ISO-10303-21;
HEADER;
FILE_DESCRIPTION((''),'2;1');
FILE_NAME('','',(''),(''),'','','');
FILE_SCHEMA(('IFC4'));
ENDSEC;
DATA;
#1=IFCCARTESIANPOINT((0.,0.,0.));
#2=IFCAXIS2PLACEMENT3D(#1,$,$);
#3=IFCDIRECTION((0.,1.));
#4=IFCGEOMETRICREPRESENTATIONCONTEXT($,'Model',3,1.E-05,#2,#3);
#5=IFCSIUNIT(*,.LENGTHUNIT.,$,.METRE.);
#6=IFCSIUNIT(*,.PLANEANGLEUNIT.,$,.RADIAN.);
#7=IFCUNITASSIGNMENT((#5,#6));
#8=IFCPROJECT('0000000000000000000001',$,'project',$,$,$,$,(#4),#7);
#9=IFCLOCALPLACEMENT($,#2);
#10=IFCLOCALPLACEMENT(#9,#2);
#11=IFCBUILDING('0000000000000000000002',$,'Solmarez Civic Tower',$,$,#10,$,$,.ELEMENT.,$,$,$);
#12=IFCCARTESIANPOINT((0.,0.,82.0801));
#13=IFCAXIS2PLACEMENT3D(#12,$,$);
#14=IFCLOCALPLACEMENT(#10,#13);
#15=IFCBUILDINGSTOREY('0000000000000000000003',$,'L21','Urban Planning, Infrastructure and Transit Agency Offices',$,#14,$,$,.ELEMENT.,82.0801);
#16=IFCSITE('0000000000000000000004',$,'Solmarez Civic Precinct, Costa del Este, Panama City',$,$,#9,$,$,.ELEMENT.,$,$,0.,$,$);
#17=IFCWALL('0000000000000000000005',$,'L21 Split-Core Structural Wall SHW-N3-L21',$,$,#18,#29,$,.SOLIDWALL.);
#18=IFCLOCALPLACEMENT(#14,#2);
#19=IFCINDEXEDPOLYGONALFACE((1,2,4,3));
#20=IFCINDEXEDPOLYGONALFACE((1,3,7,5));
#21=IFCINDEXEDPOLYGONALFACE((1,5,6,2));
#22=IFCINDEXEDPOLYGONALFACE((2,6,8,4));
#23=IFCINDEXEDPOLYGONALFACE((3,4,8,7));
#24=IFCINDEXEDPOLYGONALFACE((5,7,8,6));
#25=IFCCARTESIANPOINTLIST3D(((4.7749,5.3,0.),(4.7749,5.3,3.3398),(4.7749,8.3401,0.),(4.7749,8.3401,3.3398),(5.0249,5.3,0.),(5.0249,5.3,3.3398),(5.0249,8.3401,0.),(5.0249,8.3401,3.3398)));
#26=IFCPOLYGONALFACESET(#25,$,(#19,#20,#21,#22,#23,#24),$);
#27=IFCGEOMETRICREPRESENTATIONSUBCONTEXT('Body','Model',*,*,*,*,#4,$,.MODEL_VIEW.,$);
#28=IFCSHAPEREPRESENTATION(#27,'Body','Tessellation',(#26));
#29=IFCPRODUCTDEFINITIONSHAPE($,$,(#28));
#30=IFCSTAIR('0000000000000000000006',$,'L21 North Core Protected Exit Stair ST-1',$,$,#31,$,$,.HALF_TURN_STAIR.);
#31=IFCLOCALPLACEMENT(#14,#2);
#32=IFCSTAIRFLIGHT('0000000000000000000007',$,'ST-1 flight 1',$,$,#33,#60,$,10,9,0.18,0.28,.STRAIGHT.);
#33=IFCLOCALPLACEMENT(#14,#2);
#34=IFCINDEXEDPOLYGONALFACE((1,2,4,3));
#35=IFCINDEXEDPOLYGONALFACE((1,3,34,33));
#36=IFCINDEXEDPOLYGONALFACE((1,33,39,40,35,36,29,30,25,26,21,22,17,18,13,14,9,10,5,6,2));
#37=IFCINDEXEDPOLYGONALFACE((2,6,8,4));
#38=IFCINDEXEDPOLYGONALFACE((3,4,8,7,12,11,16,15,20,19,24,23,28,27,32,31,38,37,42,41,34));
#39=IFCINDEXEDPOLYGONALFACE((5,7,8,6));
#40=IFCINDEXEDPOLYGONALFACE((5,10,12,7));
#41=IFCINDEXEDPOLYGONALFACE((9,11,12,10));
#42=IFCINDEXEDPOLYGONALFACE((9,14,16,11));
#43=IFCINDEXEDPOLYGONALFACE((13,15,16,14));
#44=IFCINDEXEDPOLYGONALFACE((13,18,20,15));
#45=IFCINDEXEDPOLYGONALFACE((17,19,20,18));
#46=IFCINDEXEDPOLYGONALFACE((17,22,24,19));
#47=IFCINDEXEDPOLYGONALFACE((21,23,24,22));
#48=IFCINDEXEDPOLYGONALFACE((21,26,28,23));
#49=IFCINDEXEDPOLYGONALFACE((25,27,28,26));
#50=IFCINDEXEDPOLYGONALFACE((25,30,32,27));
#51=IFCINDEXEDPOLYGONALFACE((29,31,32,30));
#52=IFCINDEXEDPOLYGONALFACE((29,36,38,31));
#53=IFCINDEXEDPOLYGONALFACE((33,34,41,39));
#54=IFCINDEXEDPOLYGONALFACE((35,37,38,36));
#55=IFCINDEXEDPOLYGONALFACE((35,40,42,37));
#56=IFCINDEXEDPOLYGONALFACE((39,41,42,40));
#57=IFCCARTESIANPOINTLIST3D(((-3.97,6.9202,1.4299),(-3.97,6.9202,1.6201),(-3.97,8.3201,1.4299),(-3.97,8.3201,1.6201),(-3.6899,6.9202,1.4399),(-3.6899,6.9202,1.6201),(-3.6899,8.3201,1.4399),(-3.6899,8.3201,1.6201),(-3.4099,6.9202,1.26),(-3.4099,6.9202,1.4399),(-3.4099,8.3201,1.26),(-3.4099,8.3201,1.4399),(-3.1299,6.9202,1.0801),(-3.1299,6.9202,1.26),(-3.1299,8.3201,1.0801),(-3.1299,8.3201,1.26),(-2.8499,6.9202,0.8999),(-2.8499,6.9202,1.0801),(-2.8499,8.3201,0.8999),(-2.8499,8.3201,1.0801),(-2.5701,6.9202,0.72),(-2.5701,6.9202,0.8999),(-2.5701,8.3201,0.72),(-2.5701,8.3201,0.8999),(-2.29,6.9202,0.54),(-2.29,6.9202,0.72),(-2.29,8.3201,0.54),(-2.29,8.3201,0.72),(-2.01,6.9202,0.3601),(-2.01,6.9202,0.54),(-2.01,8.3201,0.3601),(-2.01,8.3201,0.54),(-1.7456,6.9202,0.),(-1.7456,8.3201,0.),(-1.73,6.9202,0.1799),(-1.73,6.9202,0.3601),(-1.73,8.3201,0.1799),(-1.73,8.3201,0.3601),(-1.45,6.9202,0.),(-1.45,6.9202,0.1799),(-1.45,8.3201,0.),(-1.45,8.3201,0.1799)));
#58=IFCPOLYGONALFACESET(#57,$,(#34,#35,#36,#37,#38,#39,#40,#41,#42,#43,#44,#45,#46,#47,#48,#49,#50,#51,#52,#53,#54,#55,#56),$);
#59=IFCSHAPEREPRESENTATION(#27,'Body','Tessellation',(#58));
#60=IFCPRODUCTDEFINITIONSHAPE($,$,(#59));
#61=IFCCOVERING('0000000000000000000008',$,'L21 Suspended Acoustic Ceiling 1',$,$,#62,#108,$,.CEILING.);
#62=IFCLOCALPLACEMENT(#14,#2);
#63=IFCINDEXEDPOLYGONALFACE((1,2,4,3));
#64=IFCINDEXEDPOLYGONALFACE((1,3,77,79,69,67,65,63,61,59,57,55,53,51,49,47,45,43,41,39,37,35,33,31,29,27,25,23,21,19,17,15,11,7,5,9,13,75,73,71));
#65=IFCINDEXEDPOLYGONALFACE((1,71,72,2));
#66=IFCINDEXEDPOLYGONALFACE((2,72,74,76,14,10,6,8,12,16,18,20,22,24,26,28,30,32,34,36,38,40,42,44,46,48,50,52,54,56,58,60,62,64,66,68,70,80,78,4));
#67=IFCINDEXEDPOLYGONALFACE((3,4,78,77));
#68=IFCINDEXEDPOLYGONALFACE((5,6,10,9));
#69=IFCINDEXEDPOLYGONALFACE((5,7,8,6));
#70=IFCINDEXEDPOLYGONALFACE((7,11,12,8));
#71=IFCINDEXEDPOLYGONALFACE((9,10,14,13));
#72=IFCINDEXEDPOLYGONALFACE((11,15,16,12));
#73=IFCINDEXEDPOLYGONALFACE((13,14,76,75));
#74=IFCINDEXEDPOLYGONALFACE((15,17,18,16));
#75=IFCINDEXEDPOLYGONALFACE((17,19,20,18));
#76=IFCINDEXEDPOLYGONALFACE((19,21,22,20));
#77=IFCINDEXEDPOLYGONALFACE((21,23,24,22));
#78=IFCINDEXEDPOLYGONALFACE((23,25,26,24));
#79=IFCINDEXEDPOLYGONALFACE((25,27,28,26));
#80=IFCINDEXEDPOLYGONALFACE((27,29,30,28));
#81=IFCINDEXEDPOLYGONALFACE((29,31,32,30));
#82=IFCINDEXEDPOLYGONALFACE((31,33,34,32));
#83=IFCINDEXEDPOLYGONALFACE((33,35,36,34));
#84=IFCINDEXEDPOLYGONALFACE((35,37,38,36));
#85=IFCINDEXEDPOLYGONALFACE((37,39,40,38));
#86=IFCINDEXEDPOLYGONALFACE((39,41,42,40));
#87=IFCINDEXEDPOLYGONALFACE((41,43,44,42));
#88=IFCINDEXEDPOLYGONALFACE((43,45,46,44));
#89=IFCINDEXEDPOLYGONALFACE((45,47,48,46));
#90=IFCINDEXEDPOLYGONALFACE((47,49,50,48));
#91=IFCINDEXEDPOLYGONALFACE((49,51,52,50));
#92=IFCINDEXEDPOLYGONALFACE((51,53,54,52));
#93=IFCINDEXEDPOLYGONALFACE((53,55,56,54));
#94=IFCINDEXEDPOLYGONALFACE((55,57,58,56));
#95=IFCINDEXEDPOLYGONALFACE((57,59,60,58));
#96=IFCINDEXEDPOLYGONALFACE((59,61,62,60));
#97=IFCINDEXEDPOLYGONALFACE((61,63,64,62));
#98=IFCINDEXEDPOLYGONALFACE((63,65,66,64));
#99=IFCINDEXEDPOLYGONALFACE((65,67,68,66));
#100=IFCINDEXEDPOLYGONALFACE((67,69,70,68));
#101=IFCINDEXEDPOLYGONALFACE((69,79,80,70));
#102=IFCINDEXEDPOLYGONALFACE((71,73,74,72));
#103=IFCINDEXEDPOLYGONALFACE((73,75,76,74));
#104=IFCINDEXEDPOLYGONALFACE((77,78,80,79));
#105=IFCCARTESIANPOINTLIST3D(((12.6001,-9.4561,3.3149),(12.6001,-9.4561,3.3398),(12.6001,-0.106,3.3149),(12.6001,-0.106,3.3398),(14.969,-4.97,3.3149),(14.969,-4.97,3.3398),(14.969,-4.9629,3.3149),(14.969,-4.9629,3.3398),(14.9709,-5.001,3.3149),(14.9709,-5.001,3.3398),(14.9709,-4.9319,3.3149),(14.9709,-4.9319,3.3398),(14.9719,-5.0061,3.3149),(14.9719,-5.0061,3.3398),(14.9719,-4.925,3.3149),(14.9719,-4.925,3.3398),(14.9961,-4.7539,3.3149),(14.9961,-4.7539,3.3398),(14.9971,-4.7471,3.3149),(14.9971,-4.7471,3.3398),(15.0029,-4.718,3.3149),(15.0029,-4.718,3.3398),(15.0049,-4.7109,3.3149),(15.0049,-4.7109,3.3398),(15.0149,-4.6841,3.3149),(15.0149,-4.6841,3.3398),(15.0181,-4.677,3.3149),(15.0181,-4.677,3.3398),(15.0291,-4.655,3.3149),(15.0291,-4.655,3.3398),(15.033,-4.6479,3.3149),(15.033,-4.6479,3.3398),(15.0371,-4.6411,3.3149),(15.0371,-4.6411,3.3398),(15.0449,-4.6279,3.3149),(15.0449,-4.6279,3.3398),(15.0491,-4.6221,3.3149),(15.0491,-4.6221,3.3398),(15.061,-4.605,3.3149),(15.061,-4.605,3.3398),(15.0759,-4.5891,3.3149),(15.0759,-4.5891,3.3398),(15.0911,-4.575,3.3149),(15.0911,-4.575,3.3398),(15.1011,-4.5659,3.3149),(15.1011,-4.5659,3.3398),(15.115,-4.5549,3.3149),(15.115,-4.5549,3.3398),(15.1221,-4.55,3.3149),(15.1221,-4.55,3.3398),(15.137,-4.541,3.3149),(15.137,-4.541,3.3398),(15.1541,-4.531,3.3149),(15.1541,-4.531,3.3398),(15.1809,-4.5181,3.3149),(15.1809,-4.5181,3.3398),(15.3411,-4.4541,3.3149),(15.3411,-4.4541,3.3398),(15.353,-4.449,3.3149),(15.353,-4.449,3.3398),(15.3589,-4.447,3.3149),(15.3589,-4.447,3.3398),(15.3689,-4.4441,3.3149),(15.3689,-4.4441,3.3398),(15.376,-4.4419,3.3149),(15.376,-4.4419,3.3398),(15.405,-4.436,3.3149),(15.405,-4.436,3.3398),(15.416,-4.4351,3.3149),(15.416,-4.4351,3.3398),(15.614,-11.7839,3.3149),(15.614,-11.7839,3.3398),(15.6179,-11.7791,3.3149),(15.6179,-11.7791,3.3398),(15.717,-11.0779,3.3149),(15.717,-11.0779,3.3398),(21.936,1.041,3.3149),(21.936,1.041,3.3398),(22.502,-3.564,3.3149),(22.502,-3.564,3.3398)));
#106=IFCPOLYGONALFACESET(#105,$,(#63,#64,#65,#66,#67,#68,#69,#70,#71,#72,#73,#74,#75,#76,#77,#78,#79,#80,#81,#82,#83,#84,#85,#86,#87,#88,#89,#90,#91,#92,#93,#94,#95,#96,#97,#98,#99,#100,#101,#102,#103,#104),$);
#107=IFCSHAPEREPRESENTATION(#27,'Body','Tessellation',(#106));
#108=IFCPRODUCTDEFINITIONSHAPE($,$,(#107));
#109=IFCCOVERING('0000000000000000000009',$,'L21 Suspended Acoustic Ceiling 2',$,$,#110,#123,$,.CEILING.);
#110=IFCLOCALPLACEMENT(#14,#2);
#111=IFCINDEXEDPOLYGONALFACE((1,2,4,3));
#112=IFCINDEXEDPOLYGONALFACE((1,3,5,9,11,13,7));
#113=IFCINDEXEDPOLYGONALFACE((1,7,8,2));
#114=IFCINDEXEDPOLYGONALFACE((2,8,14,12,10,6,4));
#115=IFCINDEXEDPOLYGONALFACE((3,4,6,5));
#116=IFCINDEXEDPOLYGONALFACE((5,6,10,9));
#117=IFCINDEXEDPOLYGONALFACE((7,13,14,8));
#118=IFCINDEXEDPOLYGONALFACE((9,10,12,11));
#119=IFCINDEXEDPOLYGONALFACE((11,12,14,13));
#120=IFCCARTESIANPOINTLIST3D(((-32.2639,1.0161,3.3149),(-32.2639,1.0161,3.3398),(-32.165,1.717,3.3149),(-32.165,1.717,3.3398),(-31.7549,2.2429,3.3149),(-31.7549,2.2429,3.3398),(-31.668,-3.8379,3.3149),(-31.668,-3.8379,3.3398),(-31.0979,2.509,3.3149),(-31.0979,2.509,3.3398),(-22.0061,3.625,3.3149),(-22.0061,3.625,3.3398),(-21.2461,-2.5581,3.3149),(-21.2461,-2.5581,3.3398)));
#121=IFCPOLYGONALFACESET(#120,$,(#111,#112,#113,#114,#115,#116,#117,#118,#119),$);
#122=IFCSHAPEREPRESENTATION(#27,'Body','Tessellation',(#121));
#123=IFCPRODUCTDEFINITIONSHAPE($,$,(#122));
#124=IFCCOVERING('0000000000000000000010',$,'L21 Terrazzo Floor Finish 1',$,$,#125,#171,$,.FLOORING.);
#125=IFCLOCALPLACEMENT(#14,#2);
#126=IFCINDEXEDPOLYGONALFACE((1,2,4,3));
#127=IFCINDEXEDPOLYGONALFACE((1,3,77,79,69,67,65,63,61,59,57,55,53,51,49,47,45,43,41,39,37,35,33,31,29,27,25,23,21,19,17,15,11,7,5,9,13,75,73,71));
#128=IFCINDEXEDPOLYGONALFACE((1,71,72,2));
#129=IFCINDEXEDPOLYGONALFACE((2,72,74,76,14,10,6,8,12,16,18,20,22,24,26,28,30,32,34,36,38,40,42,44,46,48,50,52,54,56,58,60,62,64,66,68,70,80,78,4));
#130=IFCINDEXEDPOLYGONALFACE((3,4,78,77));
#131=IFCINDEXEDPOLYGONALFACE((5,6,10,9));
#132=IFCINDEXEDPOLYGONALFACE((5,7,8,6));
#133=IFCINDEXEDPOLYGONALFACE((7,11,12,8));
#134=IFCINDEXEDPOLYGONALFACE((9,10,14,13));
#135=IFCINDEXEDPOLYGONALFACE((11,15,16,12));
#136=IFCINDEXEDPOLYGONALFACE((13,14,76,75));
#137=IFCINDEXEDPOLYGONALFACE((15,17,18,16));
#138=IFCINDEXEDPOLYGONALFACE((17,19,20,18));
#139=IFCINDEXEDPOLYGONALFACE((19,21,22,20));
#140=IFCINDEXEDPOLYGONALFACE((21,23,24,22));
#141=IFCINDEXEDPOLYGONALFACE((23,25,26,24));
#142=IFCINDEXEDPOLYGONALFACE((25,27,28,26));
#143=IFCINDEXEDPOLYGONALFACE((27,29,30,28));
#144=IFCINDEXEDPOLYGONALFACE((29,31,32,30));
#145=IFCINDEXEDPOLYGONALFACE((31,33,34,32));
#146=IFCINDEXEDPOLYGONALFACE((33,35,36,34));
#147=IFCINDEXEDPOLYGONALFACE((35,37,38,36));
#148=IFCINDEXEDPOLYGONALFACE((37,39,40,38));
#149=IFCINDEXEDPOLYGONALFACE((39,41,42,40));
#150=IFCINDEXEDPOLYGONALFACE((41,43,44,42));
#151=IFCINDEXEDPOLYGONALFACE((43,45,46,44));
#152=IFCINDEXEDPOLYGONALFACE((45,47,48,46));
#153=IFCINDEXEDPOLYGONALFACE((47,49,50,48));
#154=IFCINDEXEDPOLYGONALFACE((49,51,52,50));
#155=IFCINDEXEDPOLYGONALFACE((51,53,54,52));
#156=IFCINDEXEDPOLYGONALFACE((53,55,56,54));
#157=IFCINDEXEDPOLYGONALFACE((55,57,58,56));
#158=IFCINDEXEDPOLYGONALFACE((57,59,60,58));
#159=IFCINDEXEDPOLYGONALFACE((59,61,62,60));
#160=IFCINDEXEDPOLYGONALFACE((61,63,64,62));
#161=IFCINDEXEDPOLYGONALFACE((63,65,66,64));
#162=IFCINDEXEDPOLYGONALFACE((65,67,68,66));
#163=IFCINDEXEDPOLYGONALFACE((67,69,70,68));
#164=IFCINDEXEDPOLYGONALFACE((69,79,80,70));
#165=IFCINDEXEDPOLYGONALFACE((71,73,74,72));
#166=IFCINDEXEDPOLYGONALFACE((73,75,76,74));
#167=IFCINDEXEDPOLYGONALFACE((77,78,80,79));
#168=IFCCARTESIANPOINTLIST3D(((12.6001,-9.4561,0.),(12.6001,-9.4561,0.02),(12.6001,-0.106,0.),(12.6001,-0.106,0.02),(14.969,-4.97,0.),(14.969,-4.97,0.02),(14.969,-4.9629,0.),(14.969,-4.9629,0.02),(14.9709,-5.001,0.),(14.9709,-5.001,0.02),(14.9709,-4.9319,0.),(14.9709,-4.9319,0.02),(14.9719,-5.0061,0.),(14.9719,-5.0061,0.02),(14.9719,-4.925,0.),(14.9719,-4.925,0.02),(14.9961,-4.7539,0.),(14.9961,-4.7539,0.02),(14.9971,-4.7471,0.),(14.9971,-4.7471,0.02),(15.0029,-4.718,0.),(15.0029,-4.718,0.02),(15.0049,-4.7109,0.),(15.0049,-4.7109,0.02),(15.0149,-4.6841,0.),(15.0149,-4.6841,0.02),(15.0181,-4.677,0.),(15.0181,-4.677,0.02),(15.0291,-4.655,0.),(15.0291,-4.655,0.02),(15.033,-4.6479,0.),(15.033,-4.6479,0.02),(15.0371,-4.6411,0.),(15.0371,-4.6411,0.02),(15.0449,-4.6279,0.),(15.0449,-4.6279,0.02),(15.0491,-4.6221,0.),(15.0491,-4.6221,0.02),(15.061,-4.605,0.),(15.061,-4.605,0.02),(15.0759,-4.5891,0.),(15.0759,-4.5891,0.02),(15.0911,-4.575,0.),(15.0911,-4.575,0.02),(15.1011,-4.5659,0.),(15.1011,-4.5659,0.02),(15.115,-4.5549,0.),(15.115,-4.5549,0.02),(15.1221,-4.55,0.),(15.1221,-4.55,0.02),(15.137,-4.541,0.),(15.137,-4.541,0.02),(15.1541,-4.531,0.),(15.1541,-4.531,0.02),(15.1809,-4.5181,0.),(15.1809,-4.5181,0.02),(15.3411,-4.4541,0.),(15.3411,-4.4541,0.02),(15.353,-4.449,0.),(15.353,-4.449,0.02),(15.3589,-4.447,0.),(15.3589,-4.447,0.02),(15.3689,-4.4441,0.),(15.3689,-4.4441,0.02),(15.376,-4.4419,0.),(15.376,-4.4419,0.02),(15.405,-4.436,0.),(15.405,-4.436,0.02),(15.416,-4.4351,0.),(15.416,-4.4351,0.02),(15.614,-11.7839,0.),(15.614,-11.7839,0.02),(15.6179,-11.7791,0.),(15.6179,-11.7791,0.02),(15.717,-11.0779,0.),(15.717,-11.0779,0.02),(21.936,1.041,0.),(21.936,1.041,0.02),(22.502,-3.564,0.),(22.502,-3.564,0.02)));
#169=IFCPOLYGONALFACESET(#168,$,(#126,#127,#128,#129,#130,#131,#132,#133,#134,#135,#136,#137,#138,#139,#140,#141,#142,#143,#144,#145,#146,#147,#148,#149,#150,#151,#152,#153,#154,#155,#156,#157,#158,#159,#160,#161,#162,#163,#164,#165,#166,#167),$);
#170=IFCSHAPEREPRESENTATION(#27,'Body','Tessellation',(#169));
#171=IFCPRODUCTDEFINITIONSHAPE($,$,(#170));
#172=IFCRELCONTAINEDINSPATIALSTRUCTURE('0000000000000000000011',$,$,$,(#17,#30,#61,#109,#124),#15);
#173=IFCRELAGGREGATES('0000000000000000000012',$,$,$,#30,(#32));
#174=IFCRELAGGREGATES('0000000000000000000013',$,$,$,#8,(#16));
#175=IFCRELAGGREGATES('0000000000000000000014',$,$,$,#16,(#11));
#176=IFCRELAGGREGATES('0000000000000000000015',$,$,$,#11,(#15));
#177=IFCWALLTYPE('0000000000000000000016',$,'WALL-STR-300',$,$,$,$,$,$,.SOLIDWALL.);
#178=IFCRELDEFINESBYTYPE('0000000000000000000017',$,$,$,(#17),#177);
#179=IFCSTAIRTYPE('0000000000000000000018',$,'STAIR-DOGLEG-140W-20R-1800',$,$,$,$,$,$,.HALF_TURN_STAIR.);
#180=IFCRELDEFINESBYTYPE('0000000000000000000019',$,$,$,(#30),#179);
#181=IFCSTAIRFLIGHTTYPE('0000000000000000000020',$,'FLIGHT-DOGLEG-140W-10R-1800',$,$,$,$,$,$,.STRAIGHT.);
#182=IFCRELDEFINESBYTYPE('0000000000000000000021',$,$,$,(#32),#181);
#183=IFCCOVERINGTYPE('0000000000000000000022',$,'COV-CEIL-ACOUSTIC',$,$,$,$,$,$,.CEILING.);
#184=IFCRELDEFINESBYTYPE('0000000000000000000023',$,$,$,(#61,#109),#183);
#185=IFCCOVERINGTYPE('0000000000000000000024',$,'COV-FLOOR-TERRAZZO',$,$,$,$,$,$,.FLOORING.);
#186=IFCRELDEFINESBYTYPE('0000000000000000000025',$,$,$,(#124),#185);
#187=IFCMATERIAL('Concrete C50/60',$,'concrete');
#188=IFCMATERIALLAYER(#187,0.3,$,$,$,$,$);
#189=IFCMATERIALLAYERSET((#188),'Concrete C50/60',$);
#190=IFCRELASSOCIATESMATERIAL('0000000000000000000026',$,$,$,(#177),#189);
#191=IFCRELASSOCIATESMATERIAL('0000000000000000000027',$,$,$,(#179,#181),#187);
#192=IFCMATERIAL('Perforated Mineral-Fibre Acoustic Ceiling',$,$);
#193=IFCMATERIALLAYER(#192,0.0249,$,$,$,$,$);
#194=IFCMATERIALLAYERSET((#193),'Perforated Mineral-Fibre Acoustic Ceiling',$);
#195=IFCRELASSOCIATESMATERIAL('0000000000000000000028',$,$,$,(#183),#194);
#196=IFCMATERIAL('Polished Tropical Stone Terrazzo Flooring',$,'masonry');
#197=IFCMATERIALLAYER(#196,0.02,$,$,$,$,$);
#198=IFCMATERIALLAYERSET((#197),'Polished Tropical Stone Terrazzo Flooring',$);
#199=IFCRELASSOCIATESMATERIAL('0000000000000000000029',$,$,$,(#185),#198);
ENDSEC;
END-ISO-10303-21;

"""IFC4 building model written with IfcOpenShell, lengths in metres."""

from ifc_helpers import new_model, si_unit, direction, frame, frame_2d, origin, place, context, subcontext, project, spatial, polyline, rectangle, outline, extrude, material, layer, layer_set, type_object, element, aggregate, save


model = new_model("IFC4")

# Units and contexts
model_context = context("Model", 3, precision=1e-05, world=origin(), true_north=direction((0.0, 1.0)))
body_context = subcontext(model_context, "Body", "Model", "MODEL_VIEW")
ifc_project = project(units=[si_unit("LENGTHUNIT", "METRE"), si_unit("PLANEANGLEUNIT", "RADIAN")], contexts=[model_context])

# Site, building, storey
site_placement = place(None, origin())
site = spatial("IfcSite", under=ifc_project, at=site_placement, Name="Solmarez Civic Precinct, Costa del Este, Panama City", CompositionType="ELEMENT", RefElevation=0.0)
building_placement = place(site_placement, origin())
building = spatial("IfcBuilding", under=site, at=building_placement, Name="Solmarez Civic Tower", CompositionType="ELEMENT")
storey_placement = place(building_placement, frame((0.0, 0.0, 82.0801)))
storey = spatial("IfcBuildingStorey", under=building, at=storey_placement, Name="L21", Description="Urban Planning, Infrastructure and Transit Agency Offices", CompositionType="ELEMENT", Elevation=82.0801)

# Shared definitions
ifc_material_1 = material(Name="Concrete C50/60", Category="concrete")

# Wall
ifc_layer_1 = layer(ifc_material_1, 0.3)
ifc_layer_set_1 = layer_set([ifc_layer_1], Name="Concrete C50/60")
wall_type_1 = type_object("IfcWallType", Name="WALL-STR-300", PredefinedType="SOLIDWALL", material=ifc_layer_set_1)
for number, where, z_axis, x_axis, name in (
    (1, (4.8999, 5.3, 0.0), (0.0, 0.0, 1.0), (0.0, 1.0, 0.0), "L21 Split-Core Structural Wall SHW-N3-L21"),
):
    element("IfcWall", number, at=place(storey_placement, frame(where, z_axis=z_axis, x_axis=x_axis)), inside=storey, type_object=wall_type_1, Name=name, PredefinedType="SOLIDWALL", context=body_context, shape_type="SweptSolid", body=[
        extrude(rectangle(XDim=3.04, YDim=0.25, at=frame_2d((1.52, 0.0))), origin(), (0.0, 0.0, 1.0), 3.3398),
    ])

# Stair, stair flight
stair_type = type_object("IfcStairType", Name="STAIR-DOGLEG-140W-20R-1800", PredefinedType="HALF_TURN_STAIR", material=ifc_material_1)
stair_placement = place(storey_placement, origin())
stair = element("IfcStair", 2, at=stair_placement, inside=storey, type_object=stair_type, Name="L21 North Core Protected Exit Stair ST-1", PredefinedType="HALF_TURN_STAIR")
stair_flight_type = type_object("IfcStairFlightType", Name="FLIGHT-DOGLEG-140W-10R-1800", PredefinedType="STRAIGHT", material=ifc_material_1)
stair_flight_placement = place(storey_placement, frame((-1.45, 7.6201, 0.0), z_axis=(0.0, 0.0, 1.0), x_axis=(-1.0, 0.0, 0.0)))
stair_flight = element("IfcStairFlight", 3, at=stair_flight_placement, type_object=stair_flight_type, Name="ST-1 flight 1", NumberOfRisers=10, NumberOfTreads=9, PredefinedType="STRAIGHT", RiserHeight=0.18, TreadLength=0.28, context=body_context, shape_type="SweptSolid", body=[
    extrude(outline(polyline([(0.0, 0.0), (0.0, 0.1799), (0.28, 0.1799), (0.28, 0.3601), (0.5601, 0.3601), (0.5601, 0.54), (0.8401, 0.54), (0.8401, 0.72), (1.1201, 0.72), (1.1201, 0.8999), (1.3999, 0.8999), (1.3999, 1.0801), (1.6799, 1.0801), (1.6799, 1.26), (1.96, 1.26), (1.96, 1.4399), (2.24, 1.4399), (2.24, 1.6201), (2.52, 1.6201), (2.52, 1.8), (2.52, 1.4299), (0.2957, 0.0), (0.0, 0.0)])), frame((0.0, 0.7, 0.0), z_axis=(0.0, -1.0, 0.0), x_axis=(1.0, 0.0, 0.0)), (0.0, 0.0, 1.0), 1.3999),
])
aggregate(stair, [stair_flight])

# Coverings
ifc_material_2 = material(Name="Perforated Mineral-Fibre Acoustic Ceiling")
ifc_layer_2 = layer(ifc_material_2, 0.0249)
ifc_layer_set_2 = layer_set([ifc_layer_2], Name="Perforated Mineral-Fibre Acoustic Ceiling")
covering_type_1 = type_object("IfcCoveringType", Name="COV-CEIL-ACOUSTIC", PredefinedType="CEILING", material=ifc_layer_set_2)
covering_1_placement = place(storey_placement, frame((0.0, 0.0, 3.3149)))
element("IfcCovering", 4, at=covering_1_placement, inside=storey, type_object=covering_type_1, Name="L21 Suspended Acoustic Ceiling 1", PredefinedType="CEILING", context=body_context, shape_type="SweptSolid", body=[
    extrude(outline(polyline([(12.6001, -0.106), (12.6001, -9.4561), (15.614, -11.7839), (15.6179, -11.7791), (15.717, -11.0779), (14.9719, -5.0061), (14.9709, -5.001), (14.969, -4.97), (14.969, -4.9629), (14.9709, -4.9319), (14.9719, -4.925), (14.9961, -4.7539), (14.9971, -4.7471), (15.0029, -4.718), (15.0049, -4.7109), (15.0149, -4.6841), (15.0181, -4.677), (15.0291, -4.655), (15.033, -4.6479), (15.0371, -4.6411), (15.0449, -4.6279), (15.0491, -4.6221), (15.061, -4.605), (15.0759, -4.5891), (15.0911, -4.575), (15.1011, -4.5659), (15.115, -4.5549), (15.1221, -4.55), (15.137, -4.541), (15.1541, -4.531), (15.1809, -4.5181), (15.3411, -4.4541), (15.353, -4.449), (15.3589, -4.447), (15.3689, -4.4441), (15.376, -4.4419), (15.405, -4.436), (15.416, -4.4351), (22.502, -3.564), (21.936, 1.041), (12.6001, -0.106)])), origin(), (0.0, 0.0, 1.0), 0.0249),
])
covering_2_placement = place(storey_placement, frame((0.0, 0.0, 3.3149)))
element("IfcCovering", 5, at=covering_2_placement, inside=storey, type_object=covering_type_1, Name="L21 Suspended Acoustic Ceiling 2", PredefinedType="CEILING", context=body_context, shape_type="SweptSolid", body=[
    extrude(outline(polyline([(-22.0061, 3.625), (-31.0979, 2.509), (-31.7549, 2.2429), (-32.165, 1.717), (-32.2639, 1.0161), (-31.668, -3.8379), (-21.2461, -2.5581), (-22.0061, 3.625)])), origin(), (0.0, 0.0, 1.0), 0.0249),
])
ifc_material_3 = material(Name="Polished Tropical Stone Terrazzo Flooring", Category="masonry")
ifc_layer_3 = layer(ifc_material_3, 0.02)
ifc_layer_set_3 = layer_set([ifc_layer_3], Name="Polished Tropical Stone Terrazzo Flooring")
covering_type_2 = type_object("IfcCoveringType", Name="COV-FLOOR-TERRAZZO", PredefinedType="FLOORING", material=ifc_layer_set_3)
covering_3_placement = place(storey_placement, origin())
element("IfcCovering", 6, at=covering_3_placement, inside=storey, type_object=covering_type_2, Name="L21 Terrazzo Floor Finish 1", PredefinedType="FLOORING", context=body_context, shape_type="SweptSolid", body=[
    extrude(outline(polyline([(12.6001, -0.106), (12.6001, -9.4561), (15.614, -11.7839), (15.6179, -11.7791), (15.717, -11.0779), (14.9719, -5.0061), (14.9709, -5.001), (14.969, -4.97), (14.969, -4.9629), (14.9709, -4.9319), (14.9719, -4.925), (14.9961, -4.7539), (14.9971, -4.7471), (15.0029, -4.718), (15.0049, -4.7109), (15.0149, -4.6841), (15.0181, -4.677), (15.0291, -4.655), (15.033, -4.6479), (15.0371, -4.6411), (15.0449, -4.6279), (15.0491, -4.6221), (15.061, -4.605), (15.0759, -4.5891), (15.0911, -4.575), (15.1011, -4.5659), (15.115, -4.5549), (15.1221, -4.55), (15.137, -4.541), (15.1541, -4.531), (15.1809, -4.5181), (15.3411, -4.4541), (15.353, -4.449), (15.3589, -4.447), (15.3689, -4.4441), (15.376, -4.4419), (15.405, -4.436), (15.416, -4.4351), (22.502, -3.564), (21.936, 1.041), (12.6001, -0.106)])), origin(), (0.0, 0.0, 1.0), 0.02),
])

save(model, "model.ifc")
